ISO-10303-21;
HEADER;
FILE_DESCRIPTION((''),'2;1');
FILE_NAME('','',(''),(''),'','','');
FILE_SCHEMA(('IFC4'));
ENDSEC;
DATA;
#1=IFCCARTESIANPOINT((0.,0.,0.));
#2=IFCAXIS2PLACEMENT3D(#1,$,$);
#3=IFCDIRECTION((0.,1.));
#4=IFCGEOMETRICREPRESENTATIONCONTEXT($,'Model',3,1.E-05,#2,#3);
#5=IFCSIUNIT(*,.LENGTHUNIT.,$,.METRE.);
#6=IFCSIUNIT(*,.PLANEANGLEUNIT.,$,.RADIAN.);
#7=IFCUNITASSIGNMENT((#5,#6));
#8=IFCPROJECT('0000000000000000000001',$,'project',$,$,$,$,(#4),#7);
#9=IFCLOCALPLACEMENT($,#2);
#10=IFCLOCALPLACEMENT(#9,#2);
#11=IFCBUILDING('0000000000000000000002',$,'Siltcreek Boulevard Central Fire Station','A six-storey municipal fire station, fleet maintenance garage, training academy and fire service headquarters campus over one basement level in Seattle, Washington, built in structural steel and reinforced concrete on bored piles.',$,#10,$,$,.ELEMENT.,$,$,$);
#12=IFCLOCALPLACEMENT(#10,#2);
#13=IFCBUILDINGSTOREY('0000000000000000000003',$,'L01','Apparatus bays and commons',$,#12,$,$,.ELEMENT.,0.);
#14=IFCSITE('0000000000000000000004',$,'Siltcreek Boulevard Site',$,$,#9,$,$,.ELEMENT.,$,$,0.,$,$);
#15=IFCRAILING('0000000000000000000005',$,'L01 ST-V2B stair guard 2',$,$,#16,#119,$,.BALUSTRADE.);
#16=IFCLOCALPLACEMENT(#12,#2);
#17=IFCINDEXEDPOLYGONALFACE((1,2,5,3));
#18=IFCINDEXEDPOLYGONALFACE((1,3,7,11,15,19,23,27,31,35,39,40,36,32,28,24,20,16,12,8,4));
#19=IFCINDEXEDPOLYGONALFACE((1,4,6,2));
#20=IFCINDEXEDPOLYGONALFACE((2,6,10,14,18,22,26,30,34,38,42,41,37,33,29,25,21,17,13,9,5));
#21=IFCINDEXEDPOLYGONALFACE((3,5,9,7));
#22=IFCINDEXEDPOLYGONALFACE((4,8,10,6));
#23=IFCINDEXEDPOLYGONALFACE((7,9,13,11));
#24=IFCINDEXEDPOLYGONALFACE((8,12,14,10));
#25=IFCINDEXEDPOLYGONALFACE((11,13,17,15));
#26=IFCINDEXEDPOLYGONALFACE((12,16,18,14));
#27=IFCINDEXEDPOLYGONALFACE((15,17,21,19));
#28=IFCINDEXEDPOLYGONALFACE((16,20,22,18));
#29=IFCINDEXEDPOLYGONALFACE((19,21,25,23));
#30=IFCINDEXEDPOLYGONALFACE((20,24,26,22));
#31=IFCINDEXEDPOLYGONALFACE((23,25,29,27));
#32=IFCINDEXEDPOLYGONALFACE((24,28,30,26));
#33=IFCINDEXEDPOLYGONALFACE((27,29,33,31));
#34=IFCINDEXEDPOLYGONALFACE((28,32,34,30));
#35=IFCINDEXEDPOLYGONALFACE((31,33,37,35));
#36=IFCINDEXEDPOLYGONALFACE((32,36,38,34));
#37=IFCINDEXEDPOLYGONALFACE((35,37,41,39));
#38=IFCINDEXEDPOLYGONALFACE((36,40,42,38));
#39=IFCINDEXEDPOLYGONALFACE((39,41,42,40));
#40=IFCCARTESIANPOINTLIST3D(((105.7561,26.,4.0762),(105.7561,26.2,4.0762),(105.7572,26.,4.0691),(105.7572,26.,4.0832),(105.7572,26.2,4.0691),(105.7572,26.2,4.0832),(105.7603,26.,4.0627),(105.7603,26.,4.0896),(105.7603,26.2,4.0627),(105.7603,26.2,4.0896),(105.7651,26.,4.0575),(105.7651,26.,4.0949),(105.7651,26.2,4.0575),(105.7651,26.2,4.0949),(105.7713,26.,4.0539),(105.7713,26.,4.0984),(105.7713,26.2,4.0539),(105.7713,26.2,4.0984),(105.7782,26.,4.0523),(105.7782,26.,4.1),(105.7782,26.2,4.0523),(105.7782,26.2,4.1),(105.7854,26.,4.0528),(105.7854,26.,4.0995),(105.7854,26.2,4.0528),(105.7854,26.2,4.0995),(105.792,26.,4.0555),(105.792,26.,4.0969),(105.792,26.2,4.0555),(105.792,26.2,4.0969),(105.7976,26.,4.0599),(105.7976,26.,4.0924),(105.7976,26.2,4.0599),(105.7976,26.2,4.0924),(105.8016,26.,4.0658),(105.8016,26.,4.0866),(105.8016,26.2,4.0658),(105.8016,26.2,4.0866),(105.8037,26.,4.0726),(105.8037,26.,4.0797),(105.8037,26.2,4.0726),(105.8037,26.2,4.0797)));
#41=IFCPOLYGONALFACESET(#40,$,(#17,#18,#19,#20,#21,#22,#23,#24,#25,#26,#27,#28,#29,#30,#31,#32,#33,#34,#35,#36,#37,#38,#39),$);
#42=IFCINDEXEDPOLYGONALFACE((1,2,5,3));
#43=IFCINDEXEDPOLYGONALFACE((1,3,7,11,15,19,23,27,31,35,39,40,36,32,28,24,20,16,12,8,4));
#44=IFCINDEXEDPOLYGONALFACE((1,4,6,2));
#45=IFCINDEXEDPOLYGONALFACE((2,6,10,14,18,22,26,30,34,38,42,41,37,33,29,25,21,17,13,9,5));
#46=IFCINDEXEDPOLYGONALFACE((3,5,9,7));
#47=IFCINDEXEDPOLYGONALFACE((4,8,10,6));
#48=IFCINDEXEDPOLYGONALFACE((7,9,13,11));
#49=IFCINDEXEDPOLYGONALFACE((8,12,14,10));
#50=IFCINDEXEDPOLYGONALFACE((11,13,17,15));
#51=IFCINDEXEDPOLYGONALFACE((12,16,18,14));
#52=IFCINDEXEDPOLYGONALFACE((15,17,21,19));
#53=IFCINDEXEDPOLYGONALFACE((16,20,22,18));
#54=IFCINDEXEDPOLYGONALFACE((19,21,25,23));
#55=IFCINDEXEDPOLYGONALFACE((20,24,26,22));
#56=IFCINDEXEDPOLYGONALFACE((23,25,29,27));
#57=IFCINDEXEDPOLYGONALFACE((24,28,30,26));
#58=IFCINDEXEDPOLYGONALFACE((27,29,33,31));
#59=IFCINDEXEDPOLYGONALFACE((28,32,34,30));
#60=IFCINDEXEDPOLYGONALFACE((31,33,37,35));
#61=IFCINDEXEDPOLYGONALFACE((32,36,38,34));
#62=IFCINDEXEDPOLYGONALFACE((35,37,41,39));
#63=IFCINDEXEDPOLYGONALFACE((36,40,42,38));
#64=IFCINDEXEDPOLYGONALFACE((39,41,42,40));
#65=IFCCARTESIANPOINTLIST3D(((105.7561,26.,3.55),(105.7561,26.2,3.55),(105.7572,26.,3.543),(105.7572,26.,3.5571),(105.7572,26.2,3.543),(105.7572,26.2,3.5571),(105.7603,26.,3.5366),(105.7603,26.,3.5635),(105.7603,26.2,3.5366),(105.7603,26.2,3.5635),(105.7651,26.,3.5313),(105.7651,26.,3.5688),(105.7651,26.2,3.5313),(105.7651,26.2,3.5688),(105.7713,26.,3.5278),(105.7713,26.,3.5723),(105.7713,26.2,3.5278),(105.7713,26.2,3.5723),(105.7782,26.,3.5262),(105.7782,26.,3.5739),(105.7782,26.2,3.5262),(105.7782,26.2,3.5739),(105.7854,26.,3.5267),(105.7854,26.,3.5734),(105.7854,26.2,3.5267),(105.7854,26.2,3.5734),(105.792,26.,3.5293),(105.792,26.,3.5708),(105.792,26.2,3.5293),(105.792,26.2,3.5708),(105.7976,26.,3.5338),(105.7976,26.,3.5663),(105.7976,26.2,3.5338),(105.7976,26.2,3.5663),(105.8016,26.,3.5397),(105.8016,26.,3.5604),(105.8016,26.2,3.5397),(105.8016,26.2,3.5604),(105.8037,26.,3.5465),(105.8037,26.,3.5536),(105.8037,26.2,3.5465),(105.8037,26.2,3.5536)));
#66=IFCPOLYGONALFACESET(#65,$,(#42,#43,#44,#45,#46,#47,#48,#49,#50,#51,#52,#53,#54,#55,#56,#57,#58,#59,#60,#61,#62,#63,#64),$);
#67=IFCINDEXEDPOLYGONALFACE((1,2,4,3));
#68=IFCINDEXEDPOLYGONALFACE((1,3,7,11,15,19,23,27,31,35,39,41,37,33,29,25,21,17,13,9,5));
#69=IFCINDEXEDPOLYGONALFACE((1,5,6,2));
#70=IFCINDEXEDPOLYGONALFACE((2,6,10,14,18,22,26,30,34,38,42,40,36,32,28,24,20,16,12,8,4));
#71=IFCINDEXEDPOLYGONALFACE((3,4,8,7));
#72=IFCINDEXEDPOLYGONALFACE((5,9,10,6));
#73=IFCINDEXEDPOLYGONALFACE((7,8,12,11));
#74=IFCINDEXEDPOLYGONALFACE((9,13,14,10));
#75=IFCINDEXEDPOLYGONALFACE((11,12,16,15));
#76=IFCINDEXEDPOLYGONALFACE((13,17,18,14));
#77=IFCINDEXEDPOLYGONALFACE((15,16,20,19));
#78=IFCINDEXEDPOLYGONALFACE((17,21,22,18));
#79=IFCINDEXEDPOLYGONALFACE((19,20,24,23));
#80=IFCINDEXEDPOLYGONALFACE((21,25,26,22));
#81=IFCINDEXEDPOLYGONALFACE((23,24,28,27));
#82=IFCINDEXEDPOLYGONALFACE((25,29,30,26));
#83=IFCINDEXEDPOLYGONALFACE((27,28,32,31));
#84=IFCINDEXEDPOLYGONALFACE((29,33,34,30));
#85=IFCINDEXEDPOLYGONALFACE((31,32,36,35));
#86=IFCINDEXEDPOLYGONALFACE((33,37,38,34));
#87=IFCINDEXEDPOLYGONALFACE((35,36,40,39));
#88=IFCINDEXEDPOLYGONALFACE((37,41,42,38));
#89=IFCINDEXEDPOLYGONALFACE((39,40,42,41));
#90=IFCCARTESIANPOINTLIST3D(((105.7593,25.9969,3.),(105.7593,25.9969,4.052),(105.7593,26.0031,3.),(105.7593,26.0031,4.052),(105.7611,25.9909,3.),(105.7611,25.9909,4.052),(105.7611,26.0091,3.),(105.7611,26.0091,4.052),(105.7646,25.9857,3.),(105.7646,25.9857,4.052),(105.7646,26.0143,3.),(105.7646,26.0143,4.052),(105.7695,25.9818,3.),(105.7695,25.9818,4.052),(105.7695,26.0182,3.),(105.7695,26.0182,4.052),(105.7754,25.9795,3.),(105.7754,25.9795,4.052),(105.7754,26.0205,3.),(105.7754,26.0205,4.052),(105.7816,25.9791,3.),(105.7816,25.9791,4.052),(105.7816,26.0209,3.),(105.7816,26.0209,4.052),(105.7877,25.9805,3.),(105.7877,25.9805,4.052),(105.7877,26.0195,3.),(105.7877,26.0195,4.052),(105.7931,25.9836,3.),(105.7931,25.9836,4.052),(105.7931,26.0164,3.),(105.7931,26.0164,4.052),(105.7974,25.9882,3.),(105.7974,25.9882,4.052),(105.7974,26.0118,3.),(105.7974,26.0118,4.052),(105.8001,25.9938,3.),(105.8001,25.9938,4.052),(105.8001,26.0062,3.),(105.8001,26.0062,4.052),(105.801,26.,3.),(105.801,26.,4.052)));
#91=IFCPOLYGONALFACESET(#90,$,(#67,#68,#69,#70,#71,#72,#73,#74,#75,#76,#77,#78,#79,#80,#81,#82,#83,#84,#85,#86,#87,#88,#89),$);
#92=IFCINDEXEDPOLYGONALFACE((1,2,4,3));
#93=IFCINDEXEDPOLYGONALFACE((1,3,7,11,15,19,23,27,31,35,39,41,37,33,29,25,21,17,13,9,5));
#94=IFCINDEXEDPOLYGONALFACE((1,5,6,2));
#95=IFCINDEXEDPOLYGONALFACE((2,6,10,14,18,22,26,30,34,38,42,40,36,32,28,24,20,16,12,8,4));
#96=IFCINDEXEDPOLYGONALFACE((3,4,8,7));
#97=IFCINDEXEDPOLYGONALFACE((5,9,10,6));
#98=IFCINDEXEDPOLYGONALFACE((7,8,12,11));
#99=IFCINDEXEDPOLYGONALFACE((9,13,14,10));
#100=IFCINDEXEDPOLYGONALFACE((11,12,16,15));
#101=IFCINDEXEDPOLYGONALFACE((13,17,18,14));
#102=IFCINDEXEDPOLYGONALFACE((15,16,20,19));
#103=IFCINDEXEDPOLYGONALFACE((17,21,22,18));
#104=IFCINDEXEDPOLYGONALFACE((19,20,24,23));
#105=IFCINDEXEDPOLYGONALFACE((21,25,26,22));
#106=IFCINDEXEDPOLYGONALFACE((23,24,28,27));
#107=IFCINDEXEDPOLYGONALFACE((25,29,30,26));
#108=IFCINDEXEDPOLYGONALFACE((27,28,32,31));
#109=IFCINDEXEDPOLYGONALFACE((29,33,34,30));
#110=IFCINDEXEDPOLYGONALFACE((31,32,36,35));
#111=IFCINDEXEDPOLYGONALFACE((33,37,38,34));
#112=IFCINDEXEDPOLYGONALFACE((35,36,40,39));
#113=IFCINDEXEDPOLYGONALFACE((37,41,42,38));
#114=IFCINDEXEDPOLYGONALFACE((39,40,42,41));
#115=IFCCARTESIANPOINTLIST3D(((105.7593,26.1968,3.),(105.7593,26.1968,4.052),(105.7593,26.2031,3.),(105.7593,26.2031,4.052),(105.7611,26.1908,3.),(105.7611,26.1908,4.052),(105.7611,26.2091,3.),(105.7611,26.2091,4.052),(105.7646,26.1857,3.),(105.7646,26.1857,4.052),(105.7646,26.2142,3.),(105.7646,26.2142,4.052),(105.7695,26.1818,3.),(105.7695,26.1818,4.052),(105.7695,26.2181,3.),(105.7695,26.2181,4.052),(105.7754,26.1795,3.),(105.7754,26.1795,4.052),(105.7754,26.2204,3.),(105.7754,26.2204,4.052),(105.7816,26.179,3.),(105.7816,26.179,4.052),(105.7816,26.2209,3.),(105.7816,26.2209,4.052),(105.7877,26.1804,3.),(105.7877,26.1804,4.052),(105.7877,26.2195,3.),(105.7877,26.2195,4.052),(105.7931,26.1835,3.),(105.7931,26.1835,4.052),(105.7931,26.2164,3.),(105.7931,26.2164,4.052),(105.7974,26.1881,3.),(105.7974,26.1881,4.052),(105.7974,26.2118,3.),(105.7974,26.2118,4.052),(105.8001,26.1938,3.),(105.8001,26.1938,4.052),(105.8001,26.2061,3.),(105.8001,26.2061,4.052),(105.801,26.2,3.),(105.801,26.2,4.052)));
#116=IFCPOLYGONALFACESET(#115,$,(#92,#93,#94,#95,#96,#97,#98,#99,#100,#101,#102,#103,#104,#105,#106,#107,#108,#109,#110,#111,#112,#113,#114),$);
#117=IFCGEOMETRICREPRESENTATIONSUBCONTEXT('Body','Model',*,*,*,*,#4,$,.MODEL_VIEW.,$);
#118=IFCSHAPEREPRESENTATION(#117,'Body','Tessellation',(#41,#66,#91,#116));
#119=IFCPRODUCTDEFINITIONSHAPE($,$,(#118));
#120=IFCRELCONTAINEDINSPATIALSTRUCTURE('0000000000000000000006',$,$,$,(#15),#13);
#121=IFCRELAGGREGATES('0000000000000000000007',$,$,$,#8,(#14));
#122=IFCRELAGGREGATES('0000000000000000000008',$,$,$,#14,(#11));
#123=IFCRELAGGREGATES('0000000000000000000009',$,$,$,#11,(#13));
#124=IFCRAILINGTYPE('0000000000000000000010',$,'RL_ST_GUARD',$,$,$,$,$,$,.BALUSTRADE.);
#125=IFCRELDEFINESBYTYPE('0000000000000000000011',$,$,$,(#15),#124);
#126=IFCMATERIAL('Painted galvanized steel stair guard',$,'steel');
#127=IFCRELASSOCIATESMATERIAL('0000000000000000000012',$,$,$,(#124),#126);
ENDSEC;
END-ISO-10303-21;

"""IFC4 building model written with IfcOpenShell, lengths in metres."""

from ifc_helpers import new_model, si_unit, direction, frame, origin, origin_2d, place, context, subcontext, project, spatial, circle, extrude, material, type_object, element, save


model = new_model("IFC4")

# Units and contexts
model_context = context("Model", 3, precision=1e-05, world=origin(), true_north=direction((0.0, 1.0)))
body_context = subcontext(model_context, "Body", "Model", "MODEL_VIEW")
ifc_project = project(units=[si_unit("LENGTHUNIT", "METRE"), si_unit("PLANEANGLEUNIT", "RADIAN")], contexts=[model_context])

# Site, building, storey
site_placement = place(None, origin())
site = spatial("IfcSite", under=ifc_project, at=site_placement, Name="Siltcreek Boulevard Site", CompositionType="ELEMENT", RefElevation=0.0)
building_placement = place(site_placement, origin())
building = spatial("IfcBuilding", under=site, at=building_placement, Name="Siltcreek Boulevard Central Fire Station", Description="A six-storey municipal fire station, fleet maintenance garage, training academy and fire service headquarters campus over one basement level in Seattle, Washington, built in structural steel and reinforced concrete on bored piles.", CompositionType="ELEMENT")
storey_placement = place(building_placement, origin())
storey = spatial("IfcBuildingStorey", under=building, at=storey_placement, Name="L01", Description="Apparatus bays and commons", CompositionType="ELEMENT", Elevation=0.0)

# Railing
ifc_material_1 = material(Name="Painted galvanized steel stair guard", Category="steel")
railing_type_1 = type_object("IfcRailingType", Name="RL_ST_GUARD", PredefinedType="BALUSTRADE", material=ifc_material_1)
railing_1_placement = place(storey_placement, frame((105.78, 26.0, 3.0)))
element("IfcRailing", 1, at=railing_1_placement, inside=storey, type_object=railing_type_1, Name="L01 ST-V2B stair guard 2", PredefinedType="BALUSTRADE", context=body_context, shape_type="SweptSolid", body=[
    extrude(circle(Radius=0.0239, at=origin_2d()), frame((0.0, 0.0, 1.0762), z_axis=(0.0, 1.0, 0.0), x_axis=(-1.0, 0.0, 0.0)), (0.0, 0.0, 1.0), 0.2),
    extrude(circle(Radius=0.0239, at=origin_2d()), frame((0.0, 0.0, 0.55), z_axis=(0.0, 1.0, 0.0), x_axis=(-1.0, 0.0, 0.0)), (0.0, 0.0, 1.0), 0.2),
    extrude(circle(Radius=0.021, at=origin_2d()), origin(), (0.0, 0.0, 1.0), 1.052),
    extrude(circle(Radius=0.021, at=origin_2d()), frame((0.0, 0.2, 0.0)), (0.0, 0.0, 1.0), 1.052),
])

save(model, "model.ifc")
